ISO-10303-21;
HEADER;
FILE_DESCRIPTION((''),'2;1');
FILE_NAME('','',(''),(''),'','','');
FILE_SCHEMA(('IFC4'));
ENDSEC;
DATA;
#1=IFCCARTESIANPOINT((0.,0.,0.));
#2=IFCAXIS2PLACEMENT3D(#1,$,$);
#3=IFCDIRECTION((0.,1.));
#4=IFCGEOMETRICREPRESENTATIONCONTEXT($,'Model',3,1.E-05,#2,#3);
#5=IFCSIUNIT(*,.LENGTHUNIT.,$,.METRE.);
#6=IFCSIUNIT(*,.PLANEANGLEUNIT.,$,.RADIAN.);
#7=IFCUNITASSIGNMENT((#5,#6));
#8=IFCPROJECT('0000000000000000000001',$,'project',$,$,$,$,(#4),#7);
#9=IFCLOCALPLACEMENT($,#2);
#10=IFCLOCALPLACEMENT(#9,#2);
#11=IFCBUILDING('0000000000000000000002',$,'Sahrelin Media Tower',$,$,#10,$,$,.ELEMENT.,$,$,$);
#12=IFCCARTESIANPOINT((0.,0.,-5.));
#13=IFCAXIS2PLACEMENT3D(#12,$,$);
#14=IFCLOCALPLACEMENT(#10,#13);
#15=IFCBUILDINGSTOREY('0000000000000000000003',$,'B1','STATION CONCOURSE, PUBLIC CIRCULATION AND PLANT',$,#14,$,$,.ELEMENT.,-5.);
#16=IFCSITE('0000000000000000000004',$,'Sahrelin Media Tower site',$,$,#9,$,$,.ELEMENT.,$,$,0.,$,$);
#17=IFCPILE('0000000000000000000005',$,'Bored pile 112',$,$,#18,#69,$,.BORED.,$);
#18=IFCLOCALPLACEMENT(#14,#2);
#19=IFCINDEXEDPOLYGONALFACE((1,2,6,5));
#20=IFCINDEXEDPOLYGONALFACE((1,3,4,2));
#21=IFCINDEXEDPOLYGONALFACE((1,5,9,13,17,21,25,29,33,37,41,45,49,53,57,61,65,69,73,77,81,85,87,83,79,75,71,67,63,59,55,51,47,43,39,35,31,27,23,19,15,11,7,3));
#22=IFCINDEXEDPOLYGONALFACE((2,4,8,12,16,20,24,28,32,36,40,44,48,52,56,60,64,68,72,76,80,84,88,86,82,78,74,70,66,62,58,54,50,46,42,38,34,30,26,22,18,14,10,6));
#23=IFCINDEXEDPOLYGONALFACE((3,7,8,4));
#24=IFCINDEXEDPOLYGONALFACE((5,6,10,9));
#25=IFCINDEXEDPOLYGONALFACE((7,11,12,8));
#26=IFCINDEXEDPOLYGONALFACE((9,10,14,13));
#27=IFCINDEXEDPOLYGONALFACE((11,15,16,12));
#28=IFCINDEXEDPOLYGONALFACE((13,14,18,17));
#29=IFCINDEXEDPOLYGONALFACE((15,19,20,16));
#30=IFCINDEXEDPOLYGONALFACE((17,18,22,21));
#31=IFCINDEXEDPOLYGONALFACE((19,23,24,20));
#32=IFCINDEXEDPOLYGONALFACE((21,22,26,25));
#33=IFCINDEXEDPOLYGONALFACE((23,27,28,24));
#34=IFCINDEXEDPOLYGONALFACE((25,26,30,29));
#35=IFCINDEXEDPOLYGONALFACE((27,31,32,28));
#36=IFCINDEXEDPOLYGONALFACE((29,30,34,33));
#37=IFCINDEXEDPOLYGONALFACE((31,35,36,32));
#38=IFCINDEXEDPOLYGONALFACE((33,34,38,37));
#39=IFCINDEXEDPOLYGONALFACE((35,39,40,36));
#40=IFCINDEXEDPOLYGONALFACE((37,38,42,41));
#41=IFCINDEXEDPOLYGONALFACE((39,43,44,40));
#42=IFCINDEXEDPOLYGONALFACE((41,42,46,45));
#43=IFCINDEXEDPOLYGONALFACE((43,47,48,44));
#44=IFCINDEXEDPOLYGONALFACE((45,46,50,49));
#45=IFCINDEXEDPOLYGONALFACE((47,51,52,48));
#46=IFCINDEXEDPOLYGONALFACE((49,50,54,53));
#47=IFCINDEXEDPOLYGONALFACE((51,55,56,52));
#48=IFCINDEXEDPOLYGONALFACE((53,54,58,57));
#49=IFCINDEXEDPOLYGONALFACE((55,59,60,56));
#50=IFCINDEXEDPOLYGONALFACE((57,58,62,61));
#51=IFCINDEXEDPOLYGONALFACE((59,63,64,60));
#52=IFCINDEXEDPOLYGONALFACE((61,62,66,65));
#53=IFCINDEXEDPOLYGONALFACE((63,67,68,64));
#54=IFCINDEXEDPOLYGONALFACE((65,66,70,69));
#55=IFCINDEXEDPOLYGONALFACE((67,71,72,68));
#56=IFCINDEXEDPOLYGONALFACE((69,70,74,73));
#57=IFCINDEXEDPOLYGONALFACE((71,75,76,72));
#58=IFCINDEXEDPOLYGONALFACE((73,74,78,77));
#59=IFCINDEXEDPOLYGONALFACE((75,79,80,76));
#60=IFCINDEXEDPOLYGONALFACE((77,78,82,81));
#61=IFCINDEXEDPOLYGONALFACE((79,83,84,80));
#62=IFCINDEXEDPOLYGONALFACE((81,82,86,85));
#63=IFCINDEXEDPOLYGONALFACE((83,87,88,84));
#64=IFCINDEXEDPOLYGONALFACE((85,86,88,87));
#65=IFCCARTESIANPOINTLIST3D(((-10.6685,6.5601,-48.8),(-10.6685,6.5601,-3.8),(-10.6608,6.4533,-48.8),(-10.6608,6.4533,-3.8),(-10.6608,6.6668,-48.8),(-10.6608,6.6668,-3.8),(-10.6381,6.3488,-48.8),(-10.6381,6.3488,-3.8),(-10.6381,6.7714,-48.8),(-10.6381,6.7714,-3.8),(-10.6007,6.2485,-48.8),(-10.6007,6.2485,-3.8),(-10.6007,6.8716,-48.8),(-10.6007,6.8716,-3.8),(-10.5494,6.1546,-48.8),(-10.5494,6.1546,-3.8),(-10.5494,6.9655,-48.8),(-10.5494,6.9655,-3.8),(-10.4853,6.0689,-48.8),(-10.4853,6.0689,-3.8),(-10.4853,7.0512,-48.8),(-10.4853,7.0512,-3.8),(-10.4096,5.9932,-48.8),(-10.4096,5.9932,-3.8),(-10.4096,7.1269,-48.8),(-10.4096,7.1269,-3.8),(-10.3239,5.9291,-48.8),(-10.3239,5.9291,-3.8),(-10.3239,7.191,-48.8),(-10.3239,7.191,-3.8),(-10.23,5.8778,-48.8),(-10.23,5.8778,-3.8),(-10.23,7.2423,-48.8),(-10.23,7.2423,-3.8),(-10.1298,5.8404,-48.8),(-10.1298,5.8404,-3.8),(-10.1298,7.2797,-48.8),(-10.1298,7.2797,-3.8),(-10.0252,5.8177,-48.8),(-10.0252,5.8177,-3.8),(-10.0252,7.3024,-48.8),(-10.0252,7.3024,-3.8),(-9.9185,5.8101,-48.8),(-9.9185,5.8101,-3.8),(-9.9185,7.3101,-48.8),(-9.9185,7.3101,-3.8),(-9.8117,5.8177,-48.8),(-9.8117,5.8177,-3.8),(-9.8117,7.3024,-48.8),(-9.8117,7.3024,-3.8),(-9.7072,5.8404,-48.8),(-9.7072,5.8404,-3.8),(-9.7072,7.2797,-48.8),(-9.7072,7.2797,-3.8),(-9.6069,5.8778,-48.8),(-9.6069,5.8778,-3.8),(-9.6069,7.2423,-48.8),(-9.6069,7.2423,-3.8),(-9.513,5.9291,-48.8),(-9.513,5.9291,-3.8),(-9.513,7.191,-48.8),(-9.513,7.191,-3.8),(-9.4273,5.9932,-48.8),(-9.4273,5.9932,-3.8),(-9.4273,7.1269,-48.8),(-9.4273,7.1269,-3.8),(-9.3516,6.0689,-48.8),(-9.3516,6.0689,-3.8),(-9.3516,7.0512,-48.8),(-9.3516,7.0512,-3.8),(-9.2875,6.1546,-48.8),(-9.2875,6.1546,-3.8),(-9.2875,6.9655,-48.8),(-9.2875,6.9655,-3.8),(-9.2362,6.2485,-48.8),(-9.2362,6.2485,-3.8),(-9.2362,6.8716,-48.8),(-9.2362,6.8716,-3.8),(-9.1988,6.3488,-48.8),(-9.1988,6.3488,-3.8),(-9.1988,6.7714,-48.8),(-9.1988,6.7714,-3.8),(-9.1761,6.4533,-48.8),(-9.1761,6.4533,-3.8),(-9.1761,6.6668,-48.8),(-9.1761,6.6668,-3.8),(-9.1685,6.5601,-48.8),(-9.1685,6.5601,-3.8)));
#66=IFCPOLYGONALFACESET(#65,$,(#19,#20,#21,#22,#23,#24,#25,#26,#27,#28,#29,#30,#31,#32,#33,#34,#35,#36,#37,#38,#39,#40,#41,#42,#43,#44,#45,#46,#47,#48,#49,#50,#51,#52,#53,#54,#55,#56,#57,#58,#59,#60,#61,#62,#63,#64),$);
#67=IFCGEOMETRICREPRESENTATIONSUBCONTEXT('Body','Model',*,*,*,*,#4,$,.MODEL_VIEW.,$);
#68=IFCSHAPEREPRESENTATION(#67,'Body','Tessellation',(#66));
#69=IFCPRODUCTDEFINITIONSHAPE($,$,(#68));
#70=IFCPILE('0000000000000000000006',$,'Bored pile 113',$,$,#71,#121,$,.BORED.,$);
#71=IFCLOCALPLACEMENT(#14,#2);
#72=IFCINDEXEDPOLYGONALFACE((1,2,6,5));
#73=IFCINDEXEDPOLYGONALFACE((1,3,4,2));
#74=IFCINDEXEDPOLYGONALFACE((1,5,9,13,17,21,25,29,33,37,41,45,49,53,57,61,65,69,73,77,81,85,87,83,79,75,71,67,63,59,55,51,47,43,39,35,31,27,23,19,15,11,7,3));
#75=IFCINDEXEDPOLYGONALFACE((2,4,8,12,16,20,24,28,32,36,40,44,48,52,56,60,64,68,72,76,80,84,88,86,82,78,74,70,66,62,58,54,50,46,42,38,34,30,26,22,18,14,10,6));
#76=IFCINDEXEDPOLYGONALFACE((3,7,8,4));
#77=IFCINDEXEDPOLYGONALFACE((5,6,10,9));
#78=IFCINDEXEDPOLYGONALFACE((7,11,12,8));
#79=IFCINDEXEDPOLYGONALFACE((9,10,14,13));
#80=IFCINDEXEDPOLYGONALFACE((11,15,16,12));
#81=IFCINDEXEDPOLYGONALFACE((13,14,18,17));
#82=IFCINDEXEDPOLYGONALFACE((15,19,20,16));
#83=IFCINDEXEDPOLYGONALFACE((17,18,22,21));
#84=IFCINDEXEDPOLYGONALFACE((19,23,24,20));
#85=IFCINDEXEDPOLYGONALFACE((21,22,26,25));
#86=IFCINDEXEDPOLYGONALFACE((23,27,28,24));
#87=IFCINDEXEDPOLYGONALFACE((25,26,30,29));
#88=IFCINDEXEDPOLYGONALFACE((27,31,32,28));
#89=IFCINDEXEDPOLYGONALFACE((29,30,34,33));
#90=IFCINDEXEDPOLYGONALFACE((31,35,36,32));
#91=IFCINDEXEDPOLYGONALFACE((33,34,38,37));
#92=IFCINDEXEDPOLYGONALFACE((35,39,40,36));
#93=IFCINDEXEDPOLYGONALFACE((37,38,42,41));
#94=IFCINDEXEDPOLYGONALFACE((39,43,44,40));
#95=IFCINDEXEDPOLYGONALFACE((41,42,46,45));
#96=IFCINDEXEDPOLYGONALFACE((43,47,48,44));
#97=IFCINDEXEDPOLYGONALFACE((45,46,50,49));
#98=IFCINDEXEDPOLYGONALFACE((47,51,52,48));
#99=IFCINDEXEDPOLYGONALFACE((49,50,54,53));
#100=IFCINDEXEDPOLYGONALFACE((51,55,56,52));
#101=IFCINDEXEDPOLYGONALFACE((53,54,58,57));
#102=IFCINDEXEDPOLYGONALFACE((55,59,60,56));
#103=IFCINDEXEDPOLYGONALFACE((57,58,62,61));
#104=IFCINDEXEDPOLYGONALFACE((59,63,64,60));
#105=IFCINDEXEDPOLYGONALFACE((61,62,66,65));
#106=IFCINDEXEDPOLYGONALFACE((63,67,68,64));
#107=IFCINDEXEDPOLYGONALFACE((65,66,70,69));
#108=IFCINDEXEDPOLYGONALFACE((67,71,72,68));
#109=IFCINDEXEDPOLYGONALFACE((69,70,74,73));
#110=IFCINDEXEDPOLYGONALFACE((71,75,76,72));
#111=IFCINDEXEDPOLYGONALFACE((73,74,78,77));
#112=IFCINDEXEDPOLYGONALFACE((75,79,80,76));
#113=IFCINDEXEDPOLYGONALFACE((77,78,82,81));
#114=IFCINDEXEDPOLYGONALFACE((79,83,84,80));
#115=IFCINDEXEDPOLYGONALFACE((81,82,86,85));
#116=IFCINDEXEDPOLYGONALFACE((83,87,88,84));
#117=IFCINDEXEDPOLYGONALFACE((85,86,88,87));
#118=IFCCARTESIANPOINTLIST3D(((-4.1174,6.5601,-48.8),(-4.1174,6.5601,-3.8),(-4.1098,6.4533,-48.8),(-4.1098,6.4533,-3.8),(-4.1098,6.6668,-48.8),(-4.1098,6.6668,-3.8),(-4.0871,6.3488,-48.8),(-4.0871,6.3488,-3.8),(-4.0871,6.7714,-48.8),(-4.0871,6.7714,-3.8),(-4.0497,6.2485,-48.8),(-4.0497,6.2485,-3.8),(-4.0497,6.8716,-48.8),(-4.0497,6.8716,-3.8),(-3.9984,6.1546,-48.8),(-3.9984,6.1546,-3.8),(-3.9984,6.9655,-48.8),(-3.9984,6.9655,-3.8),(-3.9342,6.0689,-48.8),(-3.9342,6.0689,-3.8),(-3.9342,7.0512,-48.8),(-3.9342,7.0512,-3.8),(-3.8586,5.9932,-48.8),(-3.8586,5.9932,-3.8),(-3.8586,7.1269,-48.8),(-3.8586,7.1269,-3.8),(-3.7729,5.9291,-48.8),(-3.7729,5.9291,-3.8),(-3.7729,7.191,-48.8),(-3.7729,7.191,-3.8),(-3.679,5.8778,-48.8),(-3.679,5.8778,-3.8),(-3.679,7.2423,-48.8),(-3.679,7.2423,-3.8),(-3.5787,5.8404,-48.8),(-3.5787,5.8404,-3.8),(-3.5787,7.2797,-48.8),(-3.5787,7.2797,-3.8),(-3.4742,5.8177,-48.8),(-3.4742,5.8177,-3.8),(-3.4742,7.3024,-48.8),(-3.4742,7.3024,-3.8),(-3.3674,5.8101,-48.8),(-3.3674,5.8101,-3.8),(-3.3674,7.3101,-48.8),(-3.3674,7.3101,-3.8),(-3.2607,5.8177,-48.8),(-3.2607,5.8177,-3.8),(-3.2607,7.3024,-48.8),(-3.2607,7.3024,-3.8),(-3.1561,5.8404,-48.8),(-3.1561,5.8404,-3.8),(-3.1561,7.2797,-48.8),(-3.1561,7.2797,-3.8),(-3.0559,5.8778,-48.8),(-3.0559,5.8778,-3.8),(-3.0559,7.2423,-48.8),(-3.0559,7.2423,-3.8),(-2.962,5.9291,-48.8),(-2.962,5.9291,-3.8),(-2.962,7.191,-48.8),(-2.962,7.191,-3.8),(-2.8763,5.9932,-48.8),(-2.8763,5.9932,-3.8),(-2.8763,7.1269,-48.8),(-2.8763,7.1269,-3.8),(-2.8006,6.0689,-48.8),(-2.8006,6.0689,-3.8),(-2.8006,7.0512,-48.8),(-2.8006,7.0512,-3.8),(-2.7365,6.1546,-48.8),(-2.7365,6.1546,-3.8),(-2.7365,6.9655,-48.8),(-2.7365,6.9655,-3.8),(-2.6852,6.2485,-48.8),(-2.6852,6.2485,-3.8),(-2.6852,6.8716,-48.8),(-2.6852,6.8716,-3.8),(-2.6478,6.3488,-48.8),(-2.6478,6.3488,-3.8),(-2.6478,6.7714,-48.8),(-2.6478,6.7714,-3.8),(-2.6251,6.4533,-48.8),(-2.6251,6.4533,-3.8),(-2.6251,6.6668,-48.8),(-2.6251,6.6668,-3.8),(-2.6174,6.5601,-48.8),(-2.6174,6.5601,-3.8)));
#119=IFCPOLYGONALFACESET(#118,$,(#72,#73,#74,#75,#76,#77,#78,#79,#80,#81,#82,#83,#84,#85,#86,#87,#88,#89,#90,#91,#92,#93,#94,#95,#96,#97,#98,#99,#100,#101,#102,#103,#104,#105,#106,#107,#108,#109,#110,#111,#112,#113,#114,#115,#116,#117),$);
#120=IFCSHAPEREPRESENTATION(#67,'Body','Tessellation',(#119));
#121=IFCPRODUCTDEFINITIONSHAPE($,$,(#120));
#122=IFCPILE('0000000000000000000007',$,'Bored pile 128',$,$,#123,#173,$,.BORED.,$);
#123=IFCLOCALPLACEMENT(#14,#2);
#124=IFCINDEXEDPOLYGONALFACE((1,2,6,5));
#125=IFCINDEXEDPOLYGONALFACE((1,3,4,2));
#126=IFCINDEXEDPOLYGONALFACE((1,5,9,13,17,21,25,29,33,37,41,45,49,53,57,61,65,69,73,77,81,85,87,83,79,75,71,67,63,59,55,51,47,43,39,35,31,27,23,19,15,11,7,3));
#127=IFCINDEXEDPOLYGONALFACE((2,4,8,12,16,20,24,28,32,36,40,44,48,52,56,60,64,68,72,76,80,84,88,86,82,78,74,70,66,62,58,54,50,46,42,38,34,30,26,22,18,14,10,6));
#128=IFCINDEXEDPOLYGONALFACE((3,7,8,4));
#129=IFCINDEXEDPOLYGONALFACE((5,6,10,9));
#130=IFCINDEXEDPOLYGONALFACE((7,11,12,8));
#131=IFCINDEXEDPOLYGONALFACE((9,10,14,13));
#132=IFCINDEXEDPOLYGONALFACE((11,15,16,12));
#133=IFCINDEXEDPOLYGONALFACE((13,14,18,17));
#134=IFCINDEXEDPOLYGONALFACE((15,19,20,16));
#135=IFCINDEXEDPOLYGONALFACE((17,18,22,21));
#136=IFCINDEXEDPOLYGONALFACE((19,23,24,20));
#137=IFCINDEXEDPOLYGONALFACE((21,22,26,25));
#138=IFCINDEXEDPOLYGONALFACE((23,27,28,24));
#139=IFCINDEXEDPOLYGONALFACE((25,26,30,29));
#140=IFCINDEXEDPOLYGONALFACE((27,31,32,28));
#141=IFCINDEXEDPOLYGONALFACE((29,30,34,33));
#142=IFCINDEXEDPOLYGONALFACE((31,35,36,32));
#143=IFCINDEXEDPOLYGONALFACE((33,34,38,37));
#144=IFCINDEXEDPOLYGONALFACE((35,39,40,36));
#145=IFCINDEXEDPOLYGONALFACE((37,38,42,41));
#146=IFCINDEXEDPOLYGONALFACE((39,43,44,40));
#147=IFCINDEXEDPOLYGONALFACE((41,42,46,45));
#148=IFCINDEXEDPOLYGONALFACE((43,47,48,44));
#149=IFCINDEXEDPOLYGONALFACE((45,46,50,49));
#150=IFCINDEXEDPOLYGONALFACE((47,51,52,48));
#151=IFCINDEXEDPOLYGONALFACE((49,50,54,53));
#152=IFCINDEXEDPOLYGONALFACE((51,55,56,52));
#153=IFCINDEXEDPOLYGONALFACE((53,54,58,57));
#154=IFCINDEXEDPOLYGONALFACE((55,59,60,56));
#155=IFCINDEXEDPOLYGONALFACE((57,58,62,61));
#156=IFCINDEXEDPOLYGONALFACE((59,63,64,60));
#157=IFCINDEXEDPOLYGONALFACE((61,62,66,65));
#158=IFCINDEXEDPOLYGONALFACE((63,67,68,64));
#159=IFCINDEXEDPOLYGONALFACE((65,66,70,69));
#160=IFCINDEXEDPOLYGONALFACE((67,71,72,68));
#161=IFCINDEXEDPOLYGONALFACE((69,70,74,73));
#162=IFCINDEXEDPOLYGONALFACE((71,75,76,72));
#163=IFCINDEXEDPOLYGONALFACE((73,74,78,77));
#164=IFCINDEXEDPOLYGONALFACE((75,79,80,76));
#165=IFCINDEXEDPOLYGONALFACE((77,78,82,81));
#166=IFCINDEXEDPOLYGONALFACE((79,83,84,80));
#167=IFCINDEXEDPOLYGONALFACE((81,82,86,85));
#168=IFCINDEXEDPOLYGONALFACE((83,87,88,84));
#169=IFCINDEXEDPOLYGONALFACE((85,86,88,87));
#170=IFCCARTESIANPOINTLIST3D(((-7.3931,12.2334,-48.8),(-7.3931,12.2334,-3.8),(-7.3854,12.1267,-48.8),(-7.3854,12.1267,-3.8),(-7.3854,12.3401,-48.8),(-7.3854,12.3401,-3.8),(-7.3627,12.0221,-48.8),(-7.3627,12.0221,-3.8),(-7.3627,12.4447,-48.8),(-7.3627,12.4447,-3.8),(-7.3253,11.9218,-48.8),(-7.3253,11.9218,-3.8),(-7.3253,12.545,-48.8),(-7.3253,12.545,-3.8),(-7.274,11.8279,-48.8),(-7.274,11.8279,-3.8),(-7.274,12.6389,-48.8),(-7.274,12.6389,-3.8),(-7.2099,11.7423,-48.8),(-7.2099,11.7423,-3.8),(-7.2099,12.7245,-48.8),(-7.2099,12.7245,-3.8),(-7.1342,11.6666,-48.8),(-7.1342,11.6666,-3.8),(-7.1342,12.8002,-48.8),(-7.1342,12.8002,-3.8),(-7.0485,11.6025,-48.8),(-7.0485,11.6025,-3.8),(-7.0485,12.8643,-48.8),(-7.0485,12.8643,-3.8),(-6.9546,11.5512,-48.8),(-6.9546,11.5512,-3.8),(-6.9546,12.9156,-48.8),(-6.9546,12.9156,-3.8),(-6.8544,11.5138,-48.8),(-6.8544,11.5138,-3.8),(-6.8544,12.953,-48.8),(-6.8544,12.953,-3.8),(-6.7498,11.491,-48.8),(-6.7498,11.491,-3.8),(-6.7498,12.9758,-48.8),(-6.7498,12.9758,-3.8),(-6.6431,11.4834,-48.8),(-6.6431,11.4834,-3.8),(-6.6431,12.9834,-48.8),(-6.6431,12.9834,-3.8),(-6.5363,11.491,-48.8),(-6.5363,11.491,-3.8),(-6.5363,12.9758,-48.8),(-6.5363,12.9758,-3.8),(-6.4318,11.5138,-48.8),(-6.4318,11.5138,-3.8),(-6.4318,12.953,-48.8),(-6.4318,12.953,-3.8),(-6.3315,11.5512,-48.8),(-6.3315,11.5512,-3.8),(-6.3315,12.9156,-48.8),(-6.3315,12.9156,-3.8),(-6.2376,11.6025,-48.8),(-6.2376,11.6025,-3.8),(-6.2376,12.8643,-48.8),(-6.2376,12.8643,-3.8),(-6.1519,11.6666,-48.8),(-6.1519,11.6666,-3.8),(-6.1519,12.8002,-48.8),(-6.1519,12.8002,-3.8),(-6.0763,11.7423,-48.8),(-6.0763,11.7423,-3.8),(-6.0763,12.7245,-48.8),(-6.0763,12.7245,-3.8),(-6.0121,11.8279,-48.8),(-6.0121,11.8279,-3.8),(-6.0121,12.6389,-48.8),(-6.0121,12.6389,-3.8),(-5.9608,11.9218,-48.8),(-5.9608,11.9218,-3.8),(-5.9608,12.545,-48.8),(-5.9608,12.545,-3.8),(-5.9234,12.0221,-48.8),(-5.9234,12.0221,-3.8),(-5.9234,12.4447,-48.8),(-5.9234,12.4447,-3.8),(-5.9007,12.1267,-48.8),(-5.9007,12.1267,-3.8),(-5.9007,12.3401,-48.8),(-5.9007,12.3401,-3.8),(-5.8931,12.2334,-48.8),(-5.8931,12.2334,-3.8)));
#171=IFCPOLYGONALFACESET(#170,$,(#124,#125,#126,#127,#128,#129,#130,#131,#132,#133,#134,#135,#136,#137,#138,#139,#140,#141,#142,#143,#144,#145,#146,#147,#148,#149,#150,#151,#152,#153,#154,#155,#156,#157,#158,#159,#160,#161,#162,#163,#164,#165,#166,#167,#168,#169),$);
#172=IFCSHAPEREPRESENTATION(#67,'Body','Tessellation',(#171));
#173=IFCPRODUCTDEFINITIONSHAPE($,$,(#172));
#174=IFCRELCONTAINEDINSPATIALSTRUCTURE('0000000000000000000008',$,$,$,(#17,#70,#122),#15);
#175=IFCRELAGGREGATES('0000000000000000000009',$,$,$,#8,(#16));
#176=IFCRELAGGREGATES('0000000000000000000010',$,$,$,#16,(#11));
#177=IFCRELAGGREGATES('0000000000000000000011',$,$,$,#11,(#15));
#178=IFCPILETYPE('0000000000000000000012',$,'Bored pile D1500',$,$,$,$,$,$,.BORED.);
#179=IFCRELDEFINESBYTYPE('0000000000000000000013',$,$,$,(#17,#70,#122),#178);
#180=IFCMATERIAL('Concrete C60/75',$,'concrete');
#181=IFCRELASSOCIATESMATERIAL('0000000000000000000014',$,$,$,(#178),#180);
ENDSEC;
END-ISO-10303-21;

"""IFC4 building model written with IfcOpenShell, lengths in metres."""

from ifc_helpers import new_model, si_unit, direction, frame, origin, origin_2d, place, context, subcontext, project, spatial, circle, extrude, material, material_profile, profile_set, type_object, element, save


model = new_model("IFC4")

# Units and contexts
model_context = context("Model", 3, precision=1e-05, world=origin(), true_north=direction((0.0, 1.0)))
body_context = subcontext(model_context, "Body", "Model", "MODEL_VIEW")
ifc_project = project(units=[si_unit("LENGTHUNIT", "METRE"), si_unit("PLANEANGLEUNIT", "RADIAN")], contexts=[model_context])

# Site, building, storey
site_placement = place(None, origin())
site = spatial("IfcSite", under=ifc_project, at=site_placement, Name="Sahrelin Media Tower site", CompositionType="ELEMENT", RefElevation=0.0)
building_placement = place(site_placement, origin())
building = spatial("IfcBuilding", under=site, at=building_placement, Name="Sahrelin Media Tower", CompositionType="ELEMENT")
storey_placement = place(building_placement, frame((0.0, 0.0, -5.0)))
storey = spatial("IfcBuildingStorey", under=building, at=storey_placement, Name="B1", Description="STATION CONCOURSE, PUBLIC CIRCULATION AND PLANT", CompositionType="ELEMENT", Elevation=-5.0)

# Piles
ifc_material_1 = material(Name="Concrete C60/75", Category="concrete")
ifc_material_profile = material_profile(ifc_material_1, circle(Radius=0.75, at=origin_2d()), Name="Bored pile D1500")
ifc_profile_set = profile_set([ifc_material_profile], Name="Concrete C60/75")
pile_type = type_object("IfcPileType", Name="Bored pile D1500", PredefinedType="BORED", material=ifc_profile_set)
for number, where, z_axis, x_axis, name in (
    (1, (-9.9185, 6.5601, -3.8), (0.0, 0.0, -1.0), (1.0, 0.0, 0.0), "Bored pile 112"),
    (2, (-3.3674, 6.5601, -3.8), (0.0, 0.0, -1.0), (1.0, 0.0, 0.0), "Bored pile 113"),
    (3, (-6.6431, 12.2334, -3.8), (0.0, 0.0, -1.0), (1.0, 0.0, 0.0), "Bored pile 128"),
):
    element("IfcPile", number, at=place(storey_placement, frame(where, z_axis=z_axis, x_axis=x_axis)), inside=storey, type_object=pile_type, Name=name, PredefinedType="BORED", context=body_context, shape_type="SweptSolid", body=[
        extrude(circle(Radius=0.75, at=origin_2d()), origin(), (0.0, 0.0, 1.0), 45.0),
    ])

save(model, "model.ifc")
